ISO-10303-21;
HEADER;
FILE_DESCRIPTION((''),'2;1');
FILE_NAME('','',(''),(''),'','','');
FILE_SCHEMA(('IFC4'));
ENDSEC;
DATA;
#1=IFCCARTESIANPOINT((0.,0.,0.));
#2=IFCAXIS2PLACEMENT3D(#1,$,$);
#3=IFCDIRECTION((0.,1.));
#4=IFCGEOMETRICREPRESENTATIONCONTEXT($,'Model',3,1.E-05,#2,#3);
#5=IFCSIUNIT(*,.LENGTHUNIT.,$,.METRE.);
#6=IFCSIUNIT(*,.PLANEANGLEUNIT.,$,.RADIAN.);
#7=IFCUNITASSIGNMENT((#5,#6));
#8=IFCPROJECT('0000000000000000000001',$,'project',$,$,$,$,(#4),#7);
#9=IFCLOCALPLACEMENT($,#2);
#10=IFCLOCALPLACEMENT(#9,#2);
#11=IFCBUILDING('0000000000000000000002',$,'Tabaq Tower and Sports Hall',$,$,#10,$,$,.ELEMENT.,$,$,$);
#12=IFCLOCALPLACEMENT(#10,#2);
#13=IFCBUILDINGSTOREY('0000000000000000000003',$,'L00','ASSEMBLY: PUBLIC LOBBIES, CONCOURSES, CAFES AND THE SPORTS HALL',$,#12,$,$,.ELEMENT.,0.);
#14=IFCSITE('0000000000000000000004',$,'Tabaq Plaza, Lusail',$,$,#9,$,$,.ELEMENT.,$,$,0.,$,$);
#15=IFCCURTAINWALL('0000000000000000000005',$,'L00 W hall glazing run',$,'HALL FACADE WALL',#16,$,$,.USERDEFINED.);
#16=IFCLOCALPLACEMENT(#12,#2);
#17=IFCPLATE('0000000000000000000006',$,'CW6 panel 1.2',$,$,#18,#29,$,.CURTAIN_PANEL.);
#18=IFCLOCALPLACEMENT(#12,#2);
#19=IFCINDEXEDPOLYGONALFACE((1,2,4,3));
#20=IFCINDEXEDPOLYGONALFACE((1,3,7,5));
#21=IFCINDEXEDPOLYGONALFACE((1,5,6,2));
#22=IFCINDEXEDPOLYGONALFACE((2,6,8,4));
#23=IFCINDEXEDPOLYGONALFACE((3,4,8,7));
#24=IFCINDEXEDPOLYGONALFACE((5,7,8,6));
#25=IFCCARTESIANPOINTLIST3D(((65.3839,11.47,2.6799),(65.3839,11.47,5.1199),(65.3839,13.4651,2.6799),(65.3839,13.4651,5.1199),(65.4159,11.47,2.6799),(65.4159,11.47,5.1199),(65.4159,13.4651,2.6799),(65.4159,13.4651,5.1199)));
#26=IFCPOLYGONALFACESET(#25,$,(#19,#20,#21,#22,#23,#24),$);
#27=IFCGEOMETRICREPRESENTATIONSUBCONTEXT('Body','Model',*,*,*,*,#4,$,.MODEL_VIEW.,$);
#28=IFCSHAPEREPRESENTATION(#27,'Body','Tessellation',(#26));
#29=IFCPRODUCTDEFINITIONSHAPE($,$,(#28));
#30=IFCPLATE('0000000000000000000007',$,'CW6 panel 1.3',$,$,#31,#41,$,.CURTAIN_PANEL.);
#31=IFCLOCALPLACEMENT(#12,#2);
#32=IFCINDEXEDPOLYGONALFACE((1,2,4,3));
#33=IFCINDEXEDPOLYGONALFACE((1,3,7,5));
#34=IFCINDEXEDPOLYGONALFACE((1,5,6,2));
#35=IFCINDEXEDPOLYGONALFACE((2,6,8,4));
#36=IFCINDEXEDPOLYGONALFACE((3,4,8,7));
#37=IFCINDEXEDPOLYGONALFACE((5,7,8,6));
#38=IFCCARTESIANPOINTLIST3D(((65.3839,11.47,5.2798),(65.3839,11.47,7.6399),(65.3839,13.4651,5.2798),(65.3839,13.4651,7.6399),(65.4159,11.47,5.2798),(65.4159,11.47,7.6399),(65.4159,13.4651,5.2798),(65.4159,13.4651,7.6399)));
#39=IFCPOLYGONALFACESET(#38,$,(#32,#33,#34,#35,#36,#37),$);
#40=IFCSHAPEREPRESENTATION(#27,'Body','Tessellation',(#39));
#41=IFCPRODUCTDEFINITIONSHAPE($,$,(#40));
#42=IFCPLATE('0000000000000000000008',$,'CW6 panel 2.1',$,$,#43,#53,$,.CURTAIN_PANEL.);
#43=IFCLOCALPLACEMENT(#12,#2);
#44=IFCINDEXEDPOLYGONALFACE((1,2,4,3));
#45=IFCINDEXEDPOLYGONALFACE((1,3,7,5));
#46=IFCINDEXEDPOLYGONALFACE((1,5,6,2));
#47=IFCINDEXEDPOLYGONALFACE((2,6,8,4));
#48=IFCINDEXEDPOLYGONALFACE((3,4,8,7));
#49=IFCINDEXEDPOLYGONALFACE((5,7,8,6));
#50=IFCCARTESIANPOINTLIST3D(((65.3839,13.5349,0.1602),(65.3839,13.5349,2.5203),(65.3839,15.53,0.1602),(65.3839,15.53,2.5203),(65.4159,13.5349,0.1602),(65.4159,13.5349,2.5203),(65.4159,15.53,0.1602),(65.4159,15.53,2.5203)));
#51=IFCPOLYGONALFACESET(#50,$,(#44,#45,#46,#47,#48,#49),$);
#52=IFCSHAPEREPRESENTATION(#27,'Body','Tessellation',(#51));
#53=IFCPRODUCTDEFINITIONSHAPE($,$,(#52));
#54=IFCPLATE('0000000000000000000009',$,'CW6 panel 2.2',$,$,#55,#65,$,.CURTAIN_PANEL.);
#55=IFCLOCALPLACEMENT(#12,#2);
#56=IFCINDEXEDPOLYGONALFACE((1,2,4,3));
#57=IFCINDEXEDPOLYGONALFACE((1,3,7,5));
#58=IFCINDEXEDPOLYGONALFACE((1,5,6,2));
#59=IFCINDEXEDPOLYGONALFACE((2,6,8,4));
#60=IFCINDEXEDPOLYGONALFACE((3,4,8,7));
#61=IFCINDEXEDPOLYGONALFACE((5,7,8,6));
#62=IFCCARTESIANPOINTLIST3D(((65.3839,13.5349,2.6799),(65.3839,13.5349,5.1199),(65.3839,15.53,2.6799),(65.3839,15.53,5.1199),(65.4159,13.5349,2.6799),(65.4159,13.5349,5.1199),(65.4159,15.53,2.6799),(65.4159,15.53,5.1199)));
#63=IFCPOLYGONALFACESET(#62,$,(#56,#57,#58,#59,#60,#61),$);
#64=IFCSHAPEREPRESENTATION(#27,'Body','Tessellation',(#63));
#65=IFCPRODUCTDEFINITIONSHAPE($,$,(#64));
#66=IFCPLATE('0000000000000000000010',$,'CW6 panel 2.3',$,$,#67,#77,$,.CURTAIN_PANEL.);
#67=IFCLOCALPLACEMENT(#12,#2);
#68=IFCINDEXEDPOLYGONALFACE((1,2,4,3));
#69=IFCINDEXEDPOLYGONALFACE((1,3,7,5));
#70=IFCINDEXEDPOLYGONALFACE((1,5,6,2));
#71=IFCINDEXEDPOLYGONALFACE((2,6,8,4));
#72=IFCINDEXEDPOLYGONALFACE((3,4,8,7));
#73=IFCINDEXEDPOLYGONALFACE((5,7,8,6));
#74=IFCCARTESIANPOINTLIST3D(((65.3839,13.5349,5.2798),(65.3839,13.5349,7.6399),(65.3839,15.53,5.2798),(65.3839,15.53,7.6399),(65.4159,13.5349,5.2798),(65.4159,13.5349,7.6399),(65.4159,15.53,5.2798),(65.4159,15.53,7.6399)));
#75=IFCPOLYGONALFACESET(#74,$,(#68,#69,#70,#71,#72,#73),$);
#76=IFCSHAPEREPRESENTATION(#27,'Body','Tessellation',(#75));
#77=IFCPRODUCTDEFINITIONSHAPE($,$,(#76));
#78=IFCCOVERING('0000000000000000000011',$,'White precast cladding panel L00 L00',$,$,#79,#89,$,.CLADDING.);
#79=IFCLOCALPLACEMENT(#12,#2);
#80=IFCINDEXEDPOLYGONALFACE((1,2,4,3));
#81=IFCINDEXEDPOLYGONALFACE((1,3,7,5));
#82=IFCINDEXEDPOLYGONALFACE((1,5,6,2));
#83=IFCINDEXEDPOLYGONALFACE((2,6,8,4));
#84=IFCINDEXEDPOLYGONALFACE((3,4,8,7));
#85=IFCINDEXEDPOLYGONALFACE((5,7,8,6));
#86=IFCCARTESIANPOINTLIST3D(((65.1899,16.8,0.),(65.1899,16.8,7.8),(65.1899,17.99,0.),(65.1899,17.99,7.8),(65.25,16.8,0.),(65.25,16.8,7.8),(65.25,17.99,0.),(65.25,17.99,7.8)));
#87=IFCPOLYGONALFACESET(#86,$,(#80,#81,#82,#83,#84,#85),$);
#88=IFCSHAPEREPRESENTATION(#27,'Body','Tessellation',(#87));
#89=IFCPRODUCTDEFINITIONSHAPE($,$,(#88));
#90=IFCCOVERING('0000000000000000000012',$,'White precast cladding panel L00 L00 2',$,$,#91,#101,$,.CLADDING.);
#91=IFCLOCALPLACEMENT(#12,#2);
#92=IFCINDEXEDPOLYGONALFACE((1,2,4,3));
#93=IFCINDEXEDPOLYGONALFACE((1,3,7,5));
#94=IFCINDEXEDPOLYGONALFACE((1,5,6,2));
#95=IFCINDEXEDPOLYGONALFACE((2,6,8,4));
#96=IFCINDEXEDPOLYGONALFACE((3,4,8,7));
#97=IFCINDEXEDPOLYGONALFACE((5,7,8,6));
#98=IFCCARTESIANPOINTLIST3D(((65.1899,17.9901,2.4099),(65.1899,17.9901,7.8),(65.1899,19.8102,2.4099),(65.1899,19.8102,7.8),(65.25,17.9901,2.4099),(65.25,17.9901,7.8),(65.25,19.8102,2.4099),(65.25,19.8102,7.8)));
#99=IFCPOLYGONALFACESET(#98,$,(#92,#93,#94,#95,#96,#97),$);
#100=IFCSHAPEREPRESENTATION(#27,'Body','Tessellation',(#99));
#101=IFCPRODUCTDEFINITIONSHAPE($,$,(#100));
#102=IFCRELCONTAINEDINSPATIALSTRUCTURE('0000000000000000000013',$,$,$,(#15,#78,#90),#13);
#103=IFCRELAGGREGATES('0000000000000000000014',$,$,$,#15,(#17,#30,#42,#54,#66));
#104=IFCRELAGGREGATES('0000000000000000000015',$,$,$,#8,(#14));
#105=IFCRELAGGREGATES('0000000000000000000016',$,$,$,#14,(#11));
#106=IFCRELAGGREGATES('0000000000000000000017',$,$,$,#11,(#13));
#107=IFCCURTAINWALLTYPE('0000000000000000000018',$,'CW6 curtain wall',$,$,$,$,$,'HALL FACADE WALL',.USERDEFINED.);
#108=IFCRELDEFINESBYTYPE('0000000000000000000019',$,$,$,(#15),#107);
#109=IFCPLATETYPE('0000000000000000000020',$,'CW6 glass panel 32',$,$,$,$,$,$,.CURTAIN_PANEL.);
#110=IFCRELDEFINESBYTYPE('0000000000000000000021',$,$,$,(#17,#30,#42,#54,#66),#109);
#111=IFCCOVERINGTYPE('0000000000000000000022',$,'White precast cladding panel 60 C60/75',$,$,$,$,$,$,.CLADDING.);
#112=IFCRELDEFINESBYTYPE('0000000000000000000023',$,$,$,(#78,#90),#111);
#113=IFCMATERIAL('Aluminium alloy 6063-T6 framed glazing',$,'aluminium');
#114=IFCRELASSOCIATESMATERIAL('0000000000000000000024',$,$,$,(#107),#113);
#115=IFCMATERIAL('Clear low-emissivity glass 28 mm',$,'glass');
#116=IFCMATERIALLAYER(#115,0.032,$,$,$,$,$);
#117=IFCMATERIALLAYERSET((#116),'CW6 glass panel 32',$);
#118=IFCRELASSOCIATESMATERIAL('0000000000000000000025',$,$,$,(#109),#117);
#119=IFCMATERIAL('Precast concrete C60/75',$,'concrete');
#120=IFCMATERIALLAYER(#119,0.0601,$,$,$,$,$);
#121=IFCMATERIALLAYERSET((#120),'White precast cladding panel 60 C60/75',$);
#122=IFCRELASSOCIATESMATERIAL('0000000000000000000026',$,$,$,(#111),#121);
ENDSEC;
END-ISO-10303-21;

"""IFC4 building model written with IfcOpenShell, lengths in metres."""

from ifc_helpers import new_model, si_unit, direction, frame, frame_2d, origin, origin_2d, place, context, subcontext, project, spatial, rectangle, extrude, material, layer, layer_set, type_object, element, aggregate, save


model = new_model("IFC4")

# Units and contexts
model_context = context("Model", 3, precision=1e-05, world=origin(), true_north=direction((0.0, 1.0)))
body_context = subcontext(model_context, "Body", "Model", "MODEL_VIEW")
ifc_project = project(units=[si_unit("LENGTHUNIT", "METRE"), si_unit("PLANEANGLEUNIT", "RADIAN")], contexts=[model_context])

# Site, building, storey
site_placement = place(None, origin())
site = spatial("IfcSite", under=ifc_project, at=site_placement, Name="Tabaq Plaza, Lusail", CompositionType="ELEMENT", RefElevation=0.0)
building_placement = place(site_placement, origin())
building = spatial("IfcBuilding", under=site, at=building_placement, Name="Tabaq Tower and Sports Hall", CompositionType="ELEMENT")
storey_placement = place(building_placement, origin())
storey = spatial("IfcBuildingStorey", under=building, at=storey_placement, Name="L00", Description="ASSEMBLY: PUBLIC LOBBIES, CONCOURSES, CAFES AND THE SPORTS HALL", CompositionType="ELEMENT", Elevation=0.0)

# Curtain wall
ifc_material_1 = material(Name="Aluminium alloy 6063-T6 framed glazing", Category="aluminium")
curtain_wall_type = type_object("IfcCurtainWallType", Name="CW6 curtain wall", ElementType="HALL FACADE WALL", PredefinedType="USERDEFINED", material=ifc_material_1)
curtain_wall_placement = place(storey_placement, origin())
curtain_wall = element("IfcCurtainWall", 1, at=curtain_wall_placement, inside=storey, type_object=curtain_wall_type, Name="L00 W hall glazing run", ObjectType="HALL FACADE WALL", PredefinedType="USERDEFINED")

# Plates
ifc_material_2 = material(Name="Clear low-emissivity glass 28 mm", Category="glass")
ifc_layer_1 = layer(ifc_material_2, 0.032)
ifc_layer_set_1 = layer_set([ifc_layer_1], Name="CW6 glass panel 32")
plate_type = type_object("IfcPlateType", Name="CW6 glass panel 32", PredefinedType="CURTAIN_PANEL", material=ifc_layer_set_1)
plate_1_placement = place(storey_placement, frame((65.3999, 12.4675, 2.6799), z_axis=(0.0, 0.0, 1.0), x_axis=(0.0, 1.0, 0.0)))
plate_1 = element("IfcPlate", 2, at=plate_1_placement, type_object=plate_type, Name="CW6 panel 1.2", PredefinedType="CURTAIN_PANEL", context=body_context, shape_type="SweptSolid", body=[
    extrude(rectangle(XDim=1.9951, YDim=0.032, at=origin_2d()), origin(), (0.0, 0.0, 1.0), 2.4399),
])
plate_2_placement = place(storey_placement, frame((65.3999, 12.4675, 5.2798), z_axis=(0.0, 0.0, 1.0), x_axis=(0.0, 1.0, 0.0)))
plate_2 = element("IfcPlate", 3, at=plate_2_placement, type_object=plate_type, Name="CW6 panel 1.3", PredefinedType="CURTAIN_PANEL", context=body_context, shape_type="SweptSolid", body=[
    extrude(rectangle(XDim=1.9951, YDim=0.032, at=origin_2d()), origin(), (0.0, 0.0, 1.0), 2.3601),
])
plate_3_placement = place(storey_placement, frame((65.3999, 14.5325, 0.1602), z_axis=(0.0, 0.0, 1.0), x_axis=(0.0, 1.0, 0.0)))
plate_3 = element("IfcPlate", 4, at=plate_3_placement, type_object=plate_type, Name="CW6 panel 2.1", PredefinedType="CURTAIN_PANEL", context=body_context, shape_type="SweptSolid", body=[
    extrude(rectangle(XDim=1.9951, YDim=0.032, at=origin_2d()), origin(), (0.0, 0.0, 1.0), 2.3601),
])
plate_4_placement = place(storey_placement, frame((65.3999, 14.5325, 2.6799), z_axis=(0.0, 0.0, 1.0), x_axis=(0.0, 1.0, 0.0)))
plate_4 = element("IfcPlate", 5, at=plate_4_placement, type_object=plate_type, Name="CW6 panel 2.2", PredefinedType="CURTAIN_PANEL", context=body_context, shape_type="SweptSolid", body=[
    extrude(rectangle(XDim=1.9951, YDim=0.032, at=origin_2d()), origin(), (0.0, 0.0, 1.0), 2.4399),
])
plate_5_placement = place(storey_placement, frame((65.3999, 14.5325, 5.2798), z_axis=(0.0, 0.0, 1.0), x_axis=(0.0, 1.0, 0.0)))
plate_5 = element("IfcPlate", 6, at=plate_5_placement, type_object=plate_type, Name="CW6 panel 2.3", PredefinedType="CURTAIN_PANEL", context=body_context, shape_type="SweptSolid", body=[
    extrude(rectangle(XDim=1.9951, YDim=0.032, at=origin_2d()), origin(), (0.0, 0.0, 1.0), 2.3601),
])
aggregate(curtain_wall, [plate_1, plate_2, plate_3, plate_4, plate_5])

# Coverings
ifc_material_3 = material(Name="Precast concrete C60/75", Category="concrete")
ifc_layer_2 = layer(ifc_material_3, 0.0601)
ifc_layer_set_2 = layer_set([ifc_layer_2], Name="White precast cladding panel 60 C60/75")
covering_type = type_object("IfcCoveringType", Name="White precast cladding panel 60 C60/75", PredefinedType="CLADDING", material=ifc_layer_set_2)
covering_1_placement = place(storey_placement, frame((65.22, 16.8, 0.0), z_axis=(0.0, 0.0, 1.0), x_axis=(0.0, 1.0, 0.0)))
element("IfcCovering", 7, at=covering_1_placement, inside=storey, type_object=covering_type, Name="White precast cladding panel L00 L00", PredefinedType="CLADDING", context=body_context, shape_type="SweptSolid", body=[
    extrude(rectangle(XDim=1.1899, YDim=0.0601, at=frame_2d((0.595, 0.0))), origin(), (0.0, 0.0, 1.0), 7.8),
])
covering_2_placement = place(storey_placement, frame((65.22, 17.99, 2.4099), z_axis=(0.0, 0.0, 1.0), x_axis=(0.0, 1.0, 0.0)))
element("IfcCovering", 8, at=covering_2_placement, inside=storey, type_object=covering_type, Name="White precast cladding panel L00 L00 2", PredefinedType="CLADDING", context=body_context, shape_type="SweptSolid", body=[
    extrude(rectangle(XDim=1.8201, YDim=0.0601, at=frame_2d((0.9102, 0.0))), origin(), (0.0, 0.0, 1.0), 5.3901),
])

save(model, "model.ifc")
